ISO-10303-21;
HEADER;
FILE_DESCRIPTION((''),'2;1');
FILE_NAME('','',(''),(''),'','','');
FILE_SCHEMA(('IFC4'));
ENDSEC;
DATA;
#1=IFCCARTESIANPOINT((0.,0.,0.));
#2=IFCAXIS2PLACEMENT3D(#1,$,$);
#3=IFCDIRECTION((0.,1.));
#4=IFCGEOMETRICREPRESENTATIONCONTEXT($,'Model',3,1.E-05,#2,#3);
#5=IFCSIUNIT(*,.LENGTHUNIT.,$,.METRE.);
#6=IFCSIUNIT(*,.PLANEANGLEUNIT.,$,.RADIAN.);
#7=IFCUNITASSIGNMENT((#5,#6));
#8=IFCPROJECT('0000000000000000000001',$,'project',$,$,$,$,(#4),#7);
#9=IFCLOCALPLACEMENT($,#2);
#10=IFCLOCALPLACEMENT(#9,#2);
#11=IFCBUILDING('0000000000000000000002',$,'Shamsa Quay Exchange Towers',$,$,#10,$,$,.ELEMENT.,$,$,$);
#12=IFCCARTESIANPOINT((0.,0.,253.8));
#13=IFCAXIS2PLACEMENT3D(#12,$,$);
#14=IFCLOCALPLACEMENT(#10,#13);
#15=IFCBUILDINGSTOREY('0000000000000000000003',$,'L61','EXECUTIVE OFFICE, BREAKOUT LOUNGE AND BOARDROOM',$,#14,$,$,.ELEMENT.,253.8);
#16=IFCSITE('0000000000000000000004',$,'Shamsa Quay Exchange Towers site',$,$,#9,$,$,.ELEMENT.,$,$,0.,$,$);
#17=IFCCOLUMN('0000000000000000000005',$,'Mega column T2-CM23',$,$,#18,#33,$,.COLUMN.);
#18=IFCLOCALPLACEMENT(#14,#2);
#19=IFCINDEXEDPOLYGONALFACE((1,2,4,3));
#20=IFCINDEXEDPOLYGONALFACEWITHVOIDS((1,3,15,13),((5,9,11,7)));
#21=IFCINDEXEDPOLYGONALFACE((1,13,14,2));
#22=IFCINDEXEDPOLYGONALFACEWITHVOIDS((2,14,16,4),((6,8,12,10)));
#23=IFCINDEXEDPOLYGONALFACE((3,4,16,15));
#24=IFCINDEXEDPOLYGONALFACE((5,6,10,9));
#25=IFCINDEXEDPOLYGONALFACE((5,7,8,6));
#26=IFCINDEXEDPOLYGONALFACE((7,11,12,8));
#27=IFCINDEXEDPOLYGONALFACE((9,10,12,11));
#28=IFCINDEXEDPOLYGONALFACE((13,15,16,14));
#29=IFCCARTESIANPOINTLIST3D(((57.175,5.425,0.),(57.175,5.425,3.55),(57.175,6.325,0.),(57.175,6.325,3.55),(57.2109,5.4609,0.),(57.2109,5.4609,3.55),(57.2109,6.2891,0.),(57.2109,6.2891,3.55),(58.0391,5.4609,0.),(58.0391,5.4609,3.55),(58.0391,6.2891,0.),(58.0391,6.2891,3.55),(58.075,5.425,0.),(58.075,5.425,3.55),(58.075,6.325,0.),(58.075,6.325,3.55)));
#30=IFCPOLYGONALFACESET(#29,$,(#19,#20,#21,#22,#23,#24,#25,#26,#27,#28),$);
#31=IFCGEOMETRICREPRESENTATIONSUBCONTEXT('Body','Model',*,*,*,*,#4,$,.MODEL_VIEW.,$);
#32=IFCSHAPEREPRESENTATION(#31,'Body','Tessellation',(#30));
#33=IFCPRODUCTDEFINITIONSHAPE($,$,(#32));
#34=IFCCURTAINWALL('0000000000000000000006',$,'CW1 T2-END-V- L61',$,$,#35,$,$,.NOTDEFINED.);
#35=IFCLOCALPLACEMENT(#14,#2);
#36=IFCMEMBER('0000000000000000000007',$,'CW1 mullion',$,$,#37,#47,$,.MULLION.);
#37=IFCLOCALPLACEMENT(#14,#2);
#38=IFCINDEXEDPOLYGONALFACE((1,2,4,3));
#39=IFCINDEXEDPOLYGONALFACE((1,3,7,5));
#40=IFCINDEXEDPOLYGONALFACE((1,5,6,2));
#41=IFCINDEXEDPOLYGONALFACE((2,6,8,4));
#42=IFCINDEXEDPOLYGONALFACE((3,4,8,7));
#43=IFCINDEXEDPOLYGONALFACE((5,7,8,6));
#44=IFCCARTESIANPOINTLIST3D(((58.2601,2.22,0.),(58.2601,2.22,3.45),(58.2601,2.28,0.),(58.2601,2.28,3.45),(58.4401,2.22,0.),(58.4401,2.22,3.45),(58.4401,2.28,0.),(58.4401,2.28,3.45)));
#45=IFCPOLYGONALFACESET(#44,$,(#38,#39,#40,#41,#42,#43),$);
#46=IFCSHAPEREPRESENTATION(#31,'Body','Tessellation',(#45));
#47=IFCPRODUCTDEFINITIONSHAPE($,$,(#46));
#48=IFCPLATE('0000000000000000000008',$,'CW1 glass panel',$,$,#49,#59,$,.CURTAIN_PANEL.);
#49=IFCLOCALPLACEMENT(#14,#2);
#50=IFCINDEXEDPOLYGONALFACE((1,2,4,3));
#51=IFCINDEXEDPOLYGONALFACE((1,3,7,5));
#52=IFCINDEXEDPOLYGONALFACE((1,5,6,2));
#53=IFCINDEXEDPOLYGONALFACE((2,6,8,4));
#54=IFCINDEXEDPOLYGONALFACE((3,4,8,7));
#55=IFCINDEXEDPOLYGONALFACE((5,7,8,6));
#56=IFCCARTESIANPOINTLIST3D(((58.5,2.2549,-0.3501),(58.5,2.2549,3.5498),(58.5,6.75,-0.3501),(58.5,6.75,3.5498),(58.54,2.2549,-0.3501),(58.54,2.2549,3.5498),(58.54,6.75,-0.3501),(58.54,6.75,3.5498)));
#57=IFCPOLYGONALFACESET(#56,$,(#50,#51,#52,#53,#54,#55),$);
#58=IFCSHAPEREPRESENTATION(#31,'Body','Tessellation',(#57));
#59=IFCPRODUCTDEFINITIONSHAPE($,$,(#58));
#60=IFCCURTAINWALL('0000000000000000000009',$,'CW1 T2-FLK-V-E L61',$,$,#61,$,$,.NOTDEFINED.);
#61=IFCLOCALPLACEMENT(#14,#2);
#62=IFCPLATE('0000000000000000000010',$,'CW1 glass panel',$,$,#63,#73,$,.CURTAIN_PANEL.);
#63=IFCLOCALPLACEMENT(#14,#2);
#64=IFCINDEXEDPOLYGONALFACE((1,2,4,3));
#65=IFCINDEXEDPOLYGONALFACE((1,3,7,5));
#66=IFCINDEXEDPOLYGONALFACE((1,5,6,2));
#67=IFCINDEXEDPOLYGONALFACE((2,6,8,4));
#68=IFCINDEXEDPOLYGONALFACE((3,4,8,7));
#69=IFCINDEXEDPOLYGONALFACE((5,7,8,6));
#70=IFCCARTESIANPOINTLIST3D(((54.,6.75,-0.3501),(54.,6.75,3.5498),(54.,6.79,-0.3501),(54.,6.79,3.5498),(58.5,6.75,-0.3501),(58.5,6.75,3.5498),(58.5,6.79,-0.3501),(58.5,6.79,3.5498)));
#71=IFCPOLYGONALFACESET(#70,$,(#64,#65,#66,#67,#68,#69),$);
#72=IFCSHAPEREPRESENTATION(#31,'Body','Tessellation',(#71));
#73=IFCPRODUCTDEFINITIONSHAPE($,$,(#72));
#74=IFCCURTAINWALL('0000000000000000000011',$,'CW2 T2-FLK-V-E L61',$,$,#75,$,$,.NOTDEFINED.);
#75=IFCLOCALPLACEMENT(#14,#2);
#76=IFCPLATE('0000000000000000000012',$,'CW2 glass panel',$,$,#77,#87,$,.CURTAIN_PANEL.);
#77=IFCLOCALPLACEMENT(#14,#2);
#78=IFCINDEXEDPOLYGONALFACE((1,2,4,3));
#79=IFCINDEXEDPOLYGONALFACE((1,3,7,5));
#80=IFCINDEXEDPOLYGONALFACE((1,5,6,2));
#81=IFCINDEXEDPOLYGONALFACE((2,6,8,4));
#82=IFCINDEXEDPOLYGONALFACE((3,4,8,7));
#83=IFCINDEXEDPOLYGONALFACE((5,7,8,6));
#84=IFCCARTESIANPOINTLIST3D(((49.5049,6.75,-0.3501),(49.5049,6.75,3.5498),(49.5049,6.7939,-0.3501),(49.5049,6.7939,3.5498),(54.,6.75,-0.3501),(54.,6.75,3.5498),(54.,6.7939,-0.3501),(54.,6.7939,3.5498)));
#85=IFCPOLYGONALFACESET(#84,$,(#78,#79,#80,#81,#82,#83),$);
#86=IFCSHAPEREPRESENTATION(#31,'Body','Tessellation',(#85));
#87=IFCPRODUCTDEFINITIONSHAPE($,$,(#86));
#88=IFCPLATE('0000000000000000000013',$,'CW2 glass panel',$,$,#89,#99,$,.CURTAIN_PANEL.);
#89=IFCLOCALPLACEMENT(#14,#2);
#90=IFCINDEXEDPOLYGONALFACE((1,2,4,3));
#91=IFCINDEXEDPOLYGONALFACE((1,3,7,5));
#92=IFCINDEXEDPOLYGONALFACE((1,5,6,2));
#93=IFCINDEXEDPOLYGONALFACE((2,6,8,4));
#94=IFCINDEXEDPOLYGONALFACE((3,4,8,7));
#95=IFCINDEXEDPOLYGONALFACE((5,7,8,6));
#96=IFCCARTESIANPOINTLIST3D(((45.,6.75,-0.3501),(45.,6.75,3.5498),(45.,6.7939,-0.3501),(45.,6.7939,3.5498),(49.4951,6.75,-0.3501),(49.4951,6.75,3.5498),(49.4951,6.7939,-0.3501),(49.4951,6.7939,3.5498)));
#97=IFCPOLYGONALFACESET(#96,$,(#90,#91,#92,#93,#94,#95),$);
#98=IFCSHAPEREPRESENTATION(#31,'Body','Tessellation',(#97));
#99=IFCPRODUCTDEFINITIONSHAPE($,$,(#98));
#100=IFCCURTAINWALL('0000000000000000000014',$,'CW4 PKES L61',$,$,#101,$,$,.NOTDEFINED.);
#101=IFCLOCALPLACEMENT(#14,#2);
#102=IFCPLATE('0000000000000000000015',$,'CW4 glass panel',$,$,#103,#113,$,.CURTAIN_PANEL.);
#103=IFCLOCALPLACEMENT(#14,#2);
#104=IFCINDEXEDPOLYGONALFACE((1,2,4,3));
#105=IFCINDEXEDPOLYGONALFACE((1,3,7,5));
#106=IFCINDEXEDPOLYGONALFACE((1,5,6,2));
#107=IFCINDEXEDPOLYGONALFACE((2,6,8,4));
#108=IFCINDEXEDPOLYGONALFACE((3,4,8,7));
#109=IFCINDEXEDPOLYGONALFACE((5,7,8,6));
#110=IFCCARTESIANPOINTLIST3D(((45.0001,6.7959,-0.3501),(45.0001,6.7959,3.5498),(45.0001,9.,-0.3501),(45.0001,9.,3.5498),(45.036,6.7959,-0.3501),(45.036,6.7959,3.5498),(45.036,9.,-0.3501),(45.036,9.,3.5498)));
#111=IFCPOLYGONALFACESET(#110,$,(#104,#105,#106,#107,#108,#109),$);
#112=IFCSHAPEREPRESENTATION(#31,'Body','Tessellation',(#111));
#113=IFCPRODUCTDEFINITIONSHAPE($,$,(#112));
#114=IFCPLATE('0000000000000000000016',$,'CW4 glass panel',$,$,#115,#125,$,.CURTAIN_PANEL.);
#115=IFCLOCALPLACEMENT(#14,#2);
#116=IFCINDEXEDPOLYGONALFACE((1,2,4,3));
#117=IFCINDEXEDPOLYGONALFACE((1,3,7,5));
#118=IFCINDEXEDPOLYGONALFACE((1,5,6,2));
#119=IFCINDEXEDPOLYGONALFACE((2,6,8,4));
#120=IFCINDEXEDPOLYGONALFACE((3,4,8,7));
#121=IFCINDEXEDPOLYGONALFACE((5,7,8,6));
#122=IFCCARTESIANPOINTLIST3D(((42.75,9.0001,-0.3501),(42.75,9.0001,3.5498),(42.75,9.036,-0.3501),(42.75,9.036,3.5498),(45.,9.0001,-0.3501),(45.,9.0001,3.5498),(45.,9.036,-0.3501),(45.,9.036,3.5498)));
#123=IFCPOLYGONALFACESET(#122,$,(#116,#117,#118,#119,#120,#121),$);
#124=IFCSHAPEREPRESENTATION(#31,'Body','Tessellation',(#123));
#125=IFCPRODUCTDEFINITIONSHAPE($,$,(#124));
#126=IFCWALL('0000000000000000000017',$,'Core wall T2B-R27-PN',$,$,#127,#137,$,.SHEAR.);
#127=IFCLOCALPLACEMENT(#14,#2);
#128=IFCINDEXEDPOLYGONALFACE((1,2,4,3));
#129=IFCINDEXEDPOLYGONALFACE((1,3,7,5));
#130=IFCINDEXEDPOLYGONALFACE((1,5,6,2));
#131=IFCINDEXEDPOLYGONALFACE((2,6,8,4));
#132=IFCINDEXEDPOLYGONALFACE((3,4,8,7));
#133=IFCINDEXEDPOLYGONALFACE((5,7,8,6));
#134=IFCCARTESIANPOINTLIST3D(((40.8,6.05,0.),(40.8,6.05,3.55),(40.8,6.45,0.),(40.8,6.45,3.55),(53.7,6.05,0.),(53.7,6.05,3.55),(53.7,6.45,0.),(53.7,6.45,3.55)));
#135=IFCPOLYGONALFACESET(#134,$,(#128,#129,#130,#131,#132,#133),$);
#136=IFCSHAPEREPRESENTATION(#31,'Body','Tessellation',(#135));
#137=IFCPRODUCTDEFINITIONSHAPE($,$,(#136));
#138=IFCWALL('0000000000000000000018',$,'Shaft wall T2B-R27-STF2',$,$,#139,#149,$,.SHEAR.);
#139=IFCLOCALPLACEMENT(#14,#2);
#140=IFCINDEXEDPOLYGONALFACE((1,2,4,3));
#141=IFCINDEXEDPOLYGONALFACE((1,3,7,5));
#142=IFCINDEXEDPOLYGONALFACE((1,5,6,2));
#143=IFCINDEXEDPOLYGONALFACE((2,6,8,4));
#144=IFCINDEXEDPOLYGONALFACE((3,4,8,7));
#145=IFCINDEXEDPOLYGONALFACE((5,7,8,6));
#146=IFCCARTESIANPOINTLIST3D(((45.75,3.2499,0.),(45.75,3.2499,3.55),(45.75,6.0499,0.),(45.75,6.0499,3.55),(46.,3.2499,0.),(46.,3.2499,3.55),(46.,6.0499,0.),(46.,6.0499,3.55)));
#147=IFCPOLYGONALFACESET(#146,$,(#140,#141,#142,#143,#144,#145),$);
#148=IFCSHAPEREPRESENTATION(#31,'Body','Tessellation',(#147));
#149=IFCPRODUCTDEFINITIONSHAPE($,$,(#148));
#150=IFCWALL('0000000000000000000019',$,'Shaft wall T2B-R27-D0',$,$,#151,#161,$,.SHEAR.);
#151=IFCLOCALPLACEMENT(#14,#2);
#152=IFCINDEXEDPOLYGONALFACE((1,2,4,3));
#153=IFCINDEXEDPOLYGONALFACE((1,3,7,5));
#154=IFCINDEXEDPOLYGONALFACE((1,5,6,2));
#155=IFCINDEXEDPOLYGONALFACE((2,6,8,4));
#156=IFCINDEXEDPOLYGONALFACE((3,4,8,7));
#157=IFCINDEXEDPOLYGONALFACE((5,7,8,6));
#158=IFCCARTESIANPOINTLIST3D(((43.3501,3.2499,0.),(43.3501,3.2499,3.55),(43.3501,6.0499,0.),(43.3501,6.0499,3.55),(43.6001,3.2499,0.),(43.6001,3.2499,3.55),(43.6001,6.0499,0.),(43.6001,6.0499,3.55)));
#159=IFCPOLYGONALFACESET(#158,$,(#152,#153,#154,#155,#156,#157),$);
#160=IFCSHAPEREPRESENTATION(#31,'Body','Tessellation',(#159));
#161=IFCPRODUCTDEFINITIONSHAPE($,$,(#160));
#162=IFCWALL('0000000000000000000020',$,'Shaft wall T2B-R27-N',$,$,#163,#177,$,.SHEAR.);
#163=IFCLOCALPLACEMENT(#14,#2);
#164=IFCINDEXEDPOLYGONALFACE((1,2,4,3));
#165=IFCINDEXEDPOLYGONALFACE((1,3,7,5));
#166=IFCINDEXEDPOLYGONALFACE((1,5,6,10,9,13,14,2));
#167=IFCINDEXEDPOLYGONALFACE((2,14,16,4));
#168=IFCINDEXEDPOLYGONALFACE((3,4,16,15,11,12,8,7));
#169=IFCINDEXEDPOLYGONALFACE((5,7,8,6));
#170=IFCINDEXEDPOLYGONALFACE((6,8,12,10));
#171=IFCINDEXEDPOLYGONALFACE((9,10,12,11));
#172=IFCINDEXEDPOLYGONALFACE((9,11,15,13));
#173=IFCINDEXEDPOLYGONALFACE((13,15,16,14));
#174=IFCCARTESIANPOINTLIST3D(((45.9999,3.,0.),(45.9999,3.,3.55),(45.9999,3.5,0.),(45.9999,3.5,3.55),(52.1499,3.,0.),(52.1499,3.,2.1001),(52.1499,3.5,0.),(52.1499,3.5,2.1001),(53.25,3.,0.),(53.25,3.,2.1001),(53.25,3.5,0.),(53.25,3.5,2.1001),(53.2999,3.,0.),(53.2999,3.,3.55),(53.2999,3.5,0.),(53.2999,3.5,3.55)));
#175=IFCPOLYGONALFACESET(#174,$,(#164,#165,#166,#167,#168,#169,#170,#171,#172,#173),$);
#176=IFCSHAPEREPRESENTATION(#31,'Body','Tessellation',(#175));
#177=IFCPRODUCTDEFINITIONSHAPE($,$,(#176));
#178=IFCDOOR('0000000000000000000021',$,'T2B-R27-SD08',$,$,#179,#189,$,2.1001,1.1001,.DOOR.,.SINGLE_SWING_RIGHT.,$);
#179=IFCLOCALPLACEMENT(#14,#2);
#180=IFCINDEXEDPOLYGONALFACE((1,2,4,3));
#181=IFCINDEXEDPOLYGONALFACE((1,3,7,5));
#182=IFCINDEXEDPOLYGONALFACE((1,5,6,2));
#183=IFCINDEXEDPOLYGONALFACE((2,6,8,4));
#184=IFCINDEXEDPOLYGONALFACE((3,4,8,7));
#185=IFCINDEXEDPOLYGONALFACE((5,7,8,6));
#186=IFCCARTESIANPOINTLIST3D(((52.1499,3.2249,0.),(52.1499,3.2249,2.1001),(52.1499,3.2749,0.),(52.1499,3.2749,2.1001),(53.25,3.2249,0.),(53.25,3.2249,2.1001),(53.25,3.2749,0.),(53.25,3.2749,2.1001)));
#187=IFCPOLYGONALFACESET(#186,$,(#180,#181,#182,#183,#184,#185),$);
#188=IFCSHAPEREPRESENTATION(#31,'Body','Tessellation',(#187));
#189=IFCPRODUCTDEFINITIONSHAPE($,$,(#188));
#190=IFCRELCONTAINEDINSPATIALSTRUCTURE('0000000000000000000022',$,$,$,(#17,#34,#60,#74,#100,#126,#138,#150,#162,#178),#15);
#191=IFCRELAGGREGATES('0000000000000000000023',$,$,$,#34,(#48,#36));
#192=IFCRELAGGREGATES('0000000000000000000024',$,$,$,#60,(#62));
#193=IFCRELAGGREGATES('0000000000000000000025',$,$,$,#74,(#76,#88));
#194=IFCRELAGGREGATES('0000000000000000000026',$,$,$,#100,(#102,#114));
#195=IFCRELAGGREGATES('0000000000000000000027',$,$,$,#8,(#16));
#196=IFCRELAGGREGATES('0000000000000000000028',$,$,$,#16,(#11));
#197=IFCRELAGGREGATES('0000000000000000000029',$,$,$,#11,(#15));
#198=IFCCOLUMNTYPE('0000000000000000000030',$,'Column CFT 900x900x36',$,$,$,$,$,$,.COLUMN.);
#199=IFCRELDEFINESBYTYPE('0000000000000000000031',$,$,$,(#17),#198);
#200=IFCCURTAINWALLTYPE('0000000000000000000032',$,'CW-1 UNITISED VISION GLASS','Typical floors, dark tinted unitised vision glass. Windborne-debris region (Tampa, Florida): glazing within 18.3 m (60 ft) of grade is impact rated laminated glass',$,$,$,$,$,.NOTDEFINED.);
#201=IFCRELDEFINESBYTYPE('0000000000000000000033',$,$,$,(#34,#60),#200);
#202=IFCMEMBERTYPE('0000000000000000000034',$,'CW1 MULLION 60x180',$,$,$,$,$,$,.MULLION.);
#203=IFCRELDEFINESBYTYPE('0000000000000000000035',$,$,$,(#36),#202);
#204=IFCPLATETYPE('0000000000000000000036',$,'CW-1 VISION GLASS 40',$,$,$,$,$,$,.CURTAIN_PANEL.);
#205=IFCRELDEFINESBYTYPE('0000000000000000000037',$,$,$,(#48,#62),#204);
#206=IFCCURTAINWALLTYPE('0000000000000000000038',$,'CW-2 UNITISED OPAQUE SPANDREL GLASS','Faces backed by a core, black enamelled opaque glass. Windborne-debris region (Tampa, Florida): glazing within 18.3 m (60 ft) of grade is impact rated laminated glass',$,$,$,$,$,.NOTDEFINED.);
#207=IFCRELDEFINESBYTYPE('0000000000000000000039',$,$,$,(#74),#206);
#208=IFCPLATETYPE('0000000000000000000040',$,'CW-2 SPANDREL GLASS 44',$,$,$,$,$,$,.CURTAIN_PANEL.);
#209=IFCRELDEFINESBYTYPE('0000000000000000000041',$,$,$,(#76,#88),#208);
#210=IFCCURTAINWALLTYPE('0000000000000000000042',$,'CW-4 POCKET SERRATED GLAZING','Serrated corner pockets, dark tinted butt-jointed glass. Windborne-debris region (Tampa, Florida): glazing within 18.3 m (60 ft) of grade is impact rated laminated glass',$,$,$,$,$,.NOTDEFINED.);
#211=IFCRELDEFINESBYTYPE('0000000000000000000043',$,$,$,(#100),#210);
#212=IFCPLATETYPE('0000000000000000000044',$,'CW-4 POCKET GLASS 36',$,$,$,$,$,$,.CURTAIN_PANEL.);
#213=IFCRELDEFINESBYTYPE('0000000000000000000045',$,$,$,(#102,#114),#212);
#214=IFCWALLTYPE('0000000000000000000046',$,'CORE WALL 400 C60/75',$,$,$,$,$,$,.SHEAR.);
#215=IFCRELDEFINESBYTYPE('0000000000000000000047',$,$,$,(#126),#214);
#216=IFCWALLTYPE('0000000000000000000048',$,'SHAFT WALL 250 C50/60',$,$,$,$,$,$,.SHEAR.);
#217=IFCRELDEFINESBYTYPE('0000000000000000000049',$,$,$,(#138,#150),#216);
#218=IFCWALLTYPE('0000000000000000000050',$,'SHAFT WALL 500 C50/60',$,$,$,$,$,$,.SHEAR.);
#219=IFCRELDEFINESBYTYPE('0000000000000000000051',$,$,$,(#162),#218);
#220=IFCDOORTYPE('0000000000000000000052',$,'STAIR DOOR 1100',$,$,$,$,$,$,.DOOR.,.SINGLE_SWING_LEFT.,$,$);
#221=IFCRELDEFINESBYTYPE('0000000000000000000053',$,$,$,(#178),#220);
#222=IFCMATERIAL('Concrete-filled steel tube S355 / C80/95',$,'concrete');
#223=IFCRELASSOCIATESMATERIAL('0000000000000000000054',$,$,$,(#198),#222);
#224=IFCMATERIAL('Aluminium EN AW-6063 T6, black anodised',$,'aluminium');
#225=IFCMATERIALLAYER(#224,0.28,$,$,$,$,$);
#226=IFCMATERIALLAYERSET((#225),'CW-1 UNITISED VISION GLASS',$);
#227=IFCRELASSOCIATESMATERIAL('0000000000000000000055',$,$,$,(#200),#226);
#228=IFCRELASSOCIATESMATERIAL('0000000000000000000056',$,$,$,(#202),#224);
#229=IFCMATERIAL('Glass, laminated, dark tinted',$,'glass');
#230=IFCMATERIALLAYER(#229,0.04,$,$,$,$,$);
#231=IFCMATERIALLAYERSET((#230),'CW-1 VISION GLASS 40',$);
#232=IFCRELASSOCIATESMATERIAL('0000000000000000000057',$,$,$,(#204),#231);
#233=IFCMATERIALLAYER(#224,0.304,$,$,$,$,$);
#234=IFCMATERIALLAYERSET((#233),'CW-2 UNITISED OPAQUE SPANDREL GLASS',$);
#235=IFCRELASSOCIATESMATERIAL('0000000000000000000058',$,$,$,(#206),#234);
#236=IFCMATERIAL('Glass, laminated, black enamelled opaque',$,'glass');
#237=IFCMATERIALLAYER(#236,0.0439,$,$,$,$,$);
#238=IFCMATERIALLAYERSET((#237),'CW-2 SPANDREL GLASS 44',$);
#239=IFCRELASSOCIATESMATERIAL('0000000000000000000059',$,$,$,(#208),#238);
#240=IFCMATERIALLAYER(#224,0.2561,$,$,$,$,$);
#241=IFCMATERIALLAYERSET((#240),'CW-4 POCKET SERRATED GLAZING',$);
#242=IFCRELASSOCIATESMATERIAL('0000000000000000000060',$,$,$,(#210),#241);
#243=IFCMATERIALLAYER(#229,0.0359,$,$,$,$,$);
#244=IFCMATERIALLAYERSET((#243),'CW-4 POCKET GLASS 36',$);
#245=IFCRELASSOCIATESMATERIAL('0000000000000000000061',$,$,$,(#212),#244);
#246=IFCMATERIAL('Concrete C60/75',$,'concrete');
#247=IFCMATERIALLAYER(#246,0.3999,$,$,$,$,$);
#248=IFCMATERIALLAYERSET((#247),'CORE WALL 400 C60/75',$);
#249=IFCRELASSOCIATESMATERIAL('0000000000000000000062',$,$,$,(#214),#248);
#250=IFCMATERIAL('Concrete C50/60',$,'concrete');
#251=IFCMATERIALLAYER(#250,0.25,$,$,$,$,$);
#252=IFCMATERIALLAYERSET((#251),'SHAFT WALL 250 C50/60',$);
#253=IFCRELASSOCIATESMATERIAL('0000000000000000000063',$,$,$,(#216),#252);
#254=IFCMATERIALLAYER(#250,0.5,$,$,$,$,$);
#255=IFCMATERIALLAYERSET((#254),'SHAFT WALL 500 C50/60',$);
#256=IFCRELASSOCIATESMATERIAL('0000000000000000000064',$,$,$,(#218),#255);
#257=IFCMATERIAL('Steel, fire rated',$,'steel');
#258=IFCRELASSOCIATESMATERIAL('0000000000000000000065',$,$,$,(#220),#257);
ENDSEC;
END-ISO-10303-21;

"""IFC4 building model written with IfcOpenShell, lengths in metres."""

from ifc_helpers import new_model, si_unit, direction, frame, frame_2d, origin, origin_2d, place, context, subcontext, project, spatial, rectangle, hollow_rectangle, extrude, material, layer, layer_set, material_profile, profile_set, type_object, element, fill, aggregate, save


model = new_model("IFC4")

# Units and contexts
model_context = context("Model", 3, precision=1e-05, world=origin(), true_north=direction((0.0, 1.0)))
body_context = subcontext(model_context, "Body", "Model", "MODEL_VIEW")
ifc_project = project(units=[si_unit("LENGTHUNIT", "METRE"), si_unit("PLANEANGLEUNIT", "RADIAN")], contexts=[model_context])

# Site, building, storey
site_placement = place(None, origin())
site = spatial("IfcSite", under=ifc_project, at=site_placement, Name="Shamsa Quay Exchange Towers site", CompositionType="ELEMENT", RefElevation=0.0)
building_placement = place(site_placement, origin())
building = spatial("IfcBuilding", under=site, at=building_placement, Name="Shamsa Quay Exchange Towers", CompositionType="ELEMENT")
storey_placement = place(building_placement, frame((0.0, 0.0, 253.8)))
storey = spatial("IfcBuildingStorey", under=building, at=storey_placement, Name="L61", Description="EXECUTIVE OFFICE, BREAKOUT LOUNGE AND BOARDROOM", CompositionType="ELEMENT", Elevation=253.8)

# Column
ifc_material_1 = material(Name="Concrete-filled steel tube S355 / C80/95", Category="concrete")
ifc_material_profile_1 = material_profile(ifc_material_1, hollow_rectangle(XDim=0.8999, YDim=0.8999, WallThickness=0.0359, at=origin_2d()), Name="CFT 900x900x36")
ifc_profile_set_1 = profile_set([ifc_material_profile_1], Name="Concrete-filled steel tube S355 / C80/95")
column_type = type_object("IfcColumnType", Name="Column CFT 900x900x36", PredefinedType="COLUMN", material=ifc_profile_set_1)
column_placement = place(storey_placement, frame((57.625, 5.875, 0.0)))
element("IfcColumn", 1, at=column_placement, inside=storey, type_object=column_type, Name="Mega column T2-CM23", PredefinedType="COLUMN", context=body_context, shape_type="SweptSolid", body=[
    extrude(hollow_rectangle(XDim=0.8999, YDim=0.8999, WallThickness=0.0359, at=origin_2d()), origin(), (0.0, 0.0, 1.0), 3.55),
])

# Curtain wall, member, plate
ifc_material_2 = material(Name="Aluminium EN AW-6063 T6, black anodised", Category="aluminium")
ifc_layer_1 = layer(ifc_material_2, 0.28)
ifc_layer_set_1 = layer_set([ifc_layer_1], Name="CW-1 UNITISED VISION GLASS")
curtain_wall_type_1 = type_object("IfcCurtainWallType", Name="CW-1 UNITISED VISION GLASS", Description="Typical floors, dark tinted unitised vision glass. Windborne-debris region (Tampa, Florida): glazing within 18.3 m (60 ft) of grade is impact rated laminated glass", PredefinedType="NOTDEFINED", material=ifc_layer_set_1)
curtain_wall_1_placement = place(storey_placement, origin())
curtain_wall_1 = element("IfcCurtainWall", 2, at=curtain_wall_1_placement, inside=storey, type_object=curtain_wall_type_1, Name="CW1 T2-END-V- L61", PredefinedType="NOTDEFINED")
ifc_material_profile_2 = material_profile(ifc_material_2, rectangle(XDim=0.1799, YDim=0.0601, at=origin_2d()), Name="MU60x180")
ifc_profile_set_2 = profile_set([ifc_material_profile_2], Name="Aluminium EN AW-6063 T6, black anodised")
member_type = type_object("IfcMemberType", Name="CW1 MULLION 60x180", PredefinedType="MULLION", material=ifc_profile_set_2)
member_placement = place(storey_placement, frame((58.3501, 2.25, 0.0), z_axis=(0.0, 0.0, 1.0), x_axis=(-1.0, 0.0, 0.0)))
member = element("IfcMember", 3, at=member_placement, type_object=member_type, Name="CW1 mullion", PredefinedType="MULLION", context=body_context, shape_type="SweptSolid", body=[
    extrude(rectangle(XDim=0.1799, YDim=0.0601, at=origin_2d()), origin(), (0.0, 0.0, 1.0), 3.45),
])
ifc_material_3 = material(Name="Glass, laminated, dark tinted", Category="glass")
ifc_layer_2 = layer(ifc_material_3, 0.04)
ifc_layer_set_2 = layer_set([ifc_layer_2], Name="CW-1 VISION GLASS 40")
plate_type_1 = type_object("IfcPlateType", Name="CW-1 VISION GLASS 40", PredefinedType="CURTAIN_PANEL", material=ifc_layer_set_2)
plate_1_placement = place(storey_placement, frame((58.52, 4.5024, -0.3501), z_axis=(0.0, 0.0, 1.0), x_axis=(0.0, 1.0, 0.0)))
plate_1 = element("IfcPlate", 4, at=plate_1_placement, type_object=plate_type_1, Name="CW1 glass panel", PredefinedType="CURTAIN_PANEL", context=body_context, shape_type="SweptSolid", body=[
    extrude(rectangle(XDim=4.4951, YDim=0.04, at=origin_2d()), origin(), (0.0, 0.0, 1.0), 3.8999),
])
aggregate(curtain_wall_1, [plate_1, member])

# Curtain wall, plate
curtain_wall_2_placement = place(storey_placement, origin())
curtain_wall_2 = element("IfcCurtainWall", 5, at=curtain_wall_2_placement, inside=storey, type_object=curtain_wall_type_1, Name="CW1 T2-FLK-V-E L61", PredefinedType="NOTDEFINED")
plate_2_placement = place(storey_placement, frame((56.25, 6.77, -0.3501), z_axis=(0.0, 0.0, 1.0), x_axis=(-1.0, 0.0, 0.0)))
plate_2 = element("IfcPlate", 6, at=plate_2_placement, type_object=plate_type_1, Name="CW1 glass panel", PredefinedType="CURTAIN_PANEL", context=body_context, shape_type="SweptSolid", body=[
    extrude(rectangle(XDim=4.5, YDim=0.04, at=origin_2d()), origin(), (0.0, 0.0, 1.0), 3.8999),
])
aggregate(curtain_wall_2, [plate_2])

# Curtain walls, plates
ifc_layer_3 = layer(ifc_material_2, 0.304)
ifc_layer_set_3 = layer_set([ifc_layer_3], Name="CW-2 UNITISED OPAQUE SPANDREL GLASS")
curtain_wall_type_2 = type_object("IfcCurtainWallType", Name="CW-2 UNITISED OPAQUE SPANDREL GLASS", Description="Faces backed by a core, black enamelled opaque glass. Windborne-debris region (Tampa, Florida): glazing within 18.3 m (60 ft) of grade is impact rated laminated glass", PredefinedType="NOTDEFINED", material=ifc_layer_set_3)
curtain_wall_3_placement = place(storey_placement, origin())
curtain_wall_3 = element("IfcCurtainWall", 7, at=curtain_wall_3_placement, inside=storey, type_object=curtain_wall_type_2, Name="CW2 T2-FLK-V-E L61", PredefinedType="NOTDEFINED")
ifc_material_4 = material(Name="Glass, laminated, black enamelled opaque", Category="glass")
ifc_layer_4 = layer(ifc_material_4, 0.0439)
ifc_layer_set_4 = layer_set([ifc_layer_4], Name="CW-2 SPANDREL GLASS 44")
plate_type_2 = type_object("IfcPlateType", Name="CW-2 SPANDREL GLASS 44", PredefinedType="CURTAIN_PANEL", material=ifc_layer_set_4)
plate_3_placement = place(storey_placement, frame((51.7524, 6.772, -0.3501), z_axis=(0.0, 0.0, 1.0), x_axis=(-1.0, 0.0, 0.0)))
plate_3 = element("IfcPlate", 8, at=plate_3_placement, type_object=plate_type_2, Name="CW2 glass panel", PredefinedType="CURTAIN_PANEL", context=body_context, shape_type="SweptSolid", body=[
    extrude(rectangle(XDim=4.4951, YDim=0.0439, at=origin_2d()), origin(), (0.0, 0.0, 1.0), 3.8999),
])
plate_4_placement = place(storey_placement, frame((47.2476, 6.772, -0.3501), z_axis=(0.0, 0.0, 1.0), x_axis=(-1.0, 0.0, 0.0)))
plate_4 = element("IfcPlate", 9, at=plate_4_placement, type_object=plate_type_2, Name="CW2 glass panel", PredefinedType="CURTAIN_PANEL", context=body_context, shape_type="SweptSolid", body=[
    extrude(rectangle(XDim=4.4951, YDim=0.0439, at=origin_2d()), origin(), (0.0, 0.0, 1.0), 3.8999),
])
aggregate(curtain_wall_3, [plate_3, plate_4])
ifc_layer_5 = layer(ifc_material_2, 0.2561)
ifc_layer_set_5 = layer_set([ifc_layer_5], Name="CW-4 POCKET SERRATED GLAZING")
curtain_wall_type_3 = type_object("IfcCurtainWallType", Name="CW-4 POCKET SERRATED GLAZING", Description="Serrated corner pockets, dark tinted butt-jointed glass. Windborne-debris region (Tampa, Florida): glazing within 18.3 m (60 ft) of grade is impact rated laminated glass", PredefinedType="NOTDEFINED", material=ifc_layer_set_5)
curtain_wall_4_placement = place(storey_placement, origin())
curtain_wall_4 = element("IfcCurtainWall", 10, at=curtain_wall_4_placement, inside=storey, type_object=curtain_wall_type_3, Name="CW4 PKES L61", PredefinedType="NOTDEFINED")
ifc_layer_6 = layer(ifc_material_3, 0.0359)
ifc_layer_set_6 = layer_set([ifc_layer_6], Name="CW-4 POCKET GLASS 36")
plate_type_3 = type_object("IfcPlateType", Name="CW-4 POCKET GLASS 36", PredefinedType="CURTAIN_PANEL", material=ifc_layer_set_6)
plate_5_placement = place(storey_placement, frame((45.0181, 7.8979, -0.3501), z_axis=(0.0, 0.0, 1.0), x_axis=(0.0, 1.0, 0.0)))
plate_5 = element("IfcPlate", 11, at=plate_5_placement, type_object=plate_type_3, Name="CW4 glass panel", PredefinedType="CURTAIN_PANEL", context=body_context, shape_type="SweptSolid", body=[
    extrude(rectangle(XDim=2.2041, YDim=0.0359, at=origin_2d()), origin(), (0.0, 0.0, 1.0), 3.8999),
])
plate_6_placement = place(storey_placement, frame((43.875, 9.0181, -0.3501), z_axis=(0.0, 0.0, 1.0), x_axis=(-1.0, 0.0, 0.0)))
plate_6 = element("IfcPlate", 12, at=plate_6_placement, type_object=plate_type_3, Name="CW4 glass panel", PredefinedType="CURTAIN_PANEL", context=body_context, shape_type="SweptSolid", body=[
    extrude(rectangle(XDim=2.25, YDim=0.0359, at=origin_2d()), origin(), (0.0, 0.0, 1.0), 3.8999),
])
aggregate(curtain_wall_4, [plate_5, plate_6])

# Walls
ifc_material_5 = material(Name="Concrete C60/75", Category="concrete")
ifc_layer_7 = layer(ifc_material_5, 0.3999)
ifc_layer_set_7 = layer_set([ifc_layer_7], Name="CORE WALL 400 C60/75")
wall_type_1 = type_object("IfcWallType", Name="CORE WALL 400 C60/75", PredefinedType="SHEAR", material=ifc_layer_set_7)
wall_1_placement = place(storey_placement, frame((53.7, 6.25, 0.0), z_axis=(0.0, 0.0, 1.0), x_axis=(-1.0, 0.0, 0.0)))
element("IfcWall", 13, at=wall_1_placement, inside=storey, type_object=wall_type_1, Name="Core wall T2B-R27-PN", PredefinedType="SHEAR", context=body_context, shape_type="SweptSolid", body=[
    extrude(rectangle(XDim=12.8999, YDim=0.3999, at=frame_2d((6.45, 0.0))), origin(), (0.0, 0.0, 1.0), 3.55),
])
ifc_material_6 = material(Name="Concrete C50/60", Category="concrete")
ifc_layer_8 = layer(ifc_material_6, 0.25)
ifc_layer_set_8 = layer_set([ifc_layer_8], Name="SHAFT WALL 250 C50/60")
wall_type_2 = type_object("IfcWallType", Name="SHAFT WALL 250 C50/60", PredefinedType="SHEAR", material=ifc_layer_set_8)
for number, where, z_axis, x_axis, name in (
    (14, (45.875, 3.25, 0.0), (0.0, 0.0, 1.0), (0.0, 1.0, 0.0), "Shaft wall T2B-R27-STF2"),
    (15, (43.4751, 3.25, 0.0), (0.0, 0.0, 1.0), (0.0, 1.0, 0.0), "Shaft wall T2B-R27-D0"),
):
    element("IfcWall", number, at=place(storey_placement, frame(where, z_axis=z_axis, x_axis=x_axis)), inside=storey, type_object=wall_type_2, Name=name, PredefinedType="SHEAR", context=body_context, shape_type="SweptSolid", body=[
        extrude(rectangle(XDim=2.8, YDim=0.25, at=frame_2d((1.3999, 0.0))), origin(), (0.0, 0.0, 1.0), 3.55),
    ])

# Wall, opening, door
ifc_layer_9 = layer(ifc_material_6, 0.5)
ifc_layer_set_9 = layer_set([ifc_layer_9], Name="SHAFT WALL 500 C50/60")
wall_type_3 = type_object("IfcWallType", Name="SHAFT WALL 500 C50/60", PredefinedType="SHEAR", material=ifc_layer_set_9)
wall_2_placement = place(storey_placement, frame((46.0, 3.25, 0.0)))
wall_2 = element("IfcWall", 16, at=wall_2_placement, inside=storey, type_object=wall_type_3, Name="Shaft wall T2B-R27-N", PredefinedType="SHEAR", context=body_context, shape_type="SweptSolid", body=[
    extrude(rectangle(XDim=7.3, YDim=0.5, at=frame_2d((3.6499, 0.0))), origin(), (0.0, 0.0, 1.0), 3.55),
])
opening_placement = place(wall_2_placement, frame((6.1499, 0.0, 0.0)))
opening = element("IfcOpeningElement", 17, at=opening_placement, cuts=wall_2, PredefinedType="OPENING", context=body_context, shape_type="SweptSolid", body=[
    extrude(rectangle(XDim=1.1001, YDim=2.1001, at=frame_2d((0.55, 1.05))), frame((0.0, 0.26, 0.0), z_axis=(0.0, -1.0, 0.0), x_axis=(1.0, 0.0, 0.0)), (0.0, 0.0, 1.0), 0.52),
])
ifc_material_7 = material(Name="Steel, fire rated", Category="steel")
door_type = type_object("IfcDoorType", Name="STAIR DOOR 1100", OperationType="SINGLE_SWING_LEFT", PredefinedType="DOOR", material=ifc_material_7)
door_placement = place(opening_placement, origin())
door = element("IfcDoor", 18, at=door_placement, inside=storey, type_object=door_type, Name="T2B-R27-SD08", OperationType="SINGLE_SWING_RIGHT", OverallHeight=2.1001, OverallWidth=1.1001, PredefinedType="DOOR", context=body_context, shape_type="SweptSolid", body=[
    extrude(rectangle(XDim=1.1001, YDim=2.1001, at=frame_2d((0.55, 1.05))), frame((0.0, 0.0249, 0.0), z_axis=(0.0, -1.0, 0.0), x_axis=(1.0, 0.0, 0.0)), (0.0, 0.0, 1.0), 0.05),
])
fill(opening, door)

save(model, "model.ifc")
